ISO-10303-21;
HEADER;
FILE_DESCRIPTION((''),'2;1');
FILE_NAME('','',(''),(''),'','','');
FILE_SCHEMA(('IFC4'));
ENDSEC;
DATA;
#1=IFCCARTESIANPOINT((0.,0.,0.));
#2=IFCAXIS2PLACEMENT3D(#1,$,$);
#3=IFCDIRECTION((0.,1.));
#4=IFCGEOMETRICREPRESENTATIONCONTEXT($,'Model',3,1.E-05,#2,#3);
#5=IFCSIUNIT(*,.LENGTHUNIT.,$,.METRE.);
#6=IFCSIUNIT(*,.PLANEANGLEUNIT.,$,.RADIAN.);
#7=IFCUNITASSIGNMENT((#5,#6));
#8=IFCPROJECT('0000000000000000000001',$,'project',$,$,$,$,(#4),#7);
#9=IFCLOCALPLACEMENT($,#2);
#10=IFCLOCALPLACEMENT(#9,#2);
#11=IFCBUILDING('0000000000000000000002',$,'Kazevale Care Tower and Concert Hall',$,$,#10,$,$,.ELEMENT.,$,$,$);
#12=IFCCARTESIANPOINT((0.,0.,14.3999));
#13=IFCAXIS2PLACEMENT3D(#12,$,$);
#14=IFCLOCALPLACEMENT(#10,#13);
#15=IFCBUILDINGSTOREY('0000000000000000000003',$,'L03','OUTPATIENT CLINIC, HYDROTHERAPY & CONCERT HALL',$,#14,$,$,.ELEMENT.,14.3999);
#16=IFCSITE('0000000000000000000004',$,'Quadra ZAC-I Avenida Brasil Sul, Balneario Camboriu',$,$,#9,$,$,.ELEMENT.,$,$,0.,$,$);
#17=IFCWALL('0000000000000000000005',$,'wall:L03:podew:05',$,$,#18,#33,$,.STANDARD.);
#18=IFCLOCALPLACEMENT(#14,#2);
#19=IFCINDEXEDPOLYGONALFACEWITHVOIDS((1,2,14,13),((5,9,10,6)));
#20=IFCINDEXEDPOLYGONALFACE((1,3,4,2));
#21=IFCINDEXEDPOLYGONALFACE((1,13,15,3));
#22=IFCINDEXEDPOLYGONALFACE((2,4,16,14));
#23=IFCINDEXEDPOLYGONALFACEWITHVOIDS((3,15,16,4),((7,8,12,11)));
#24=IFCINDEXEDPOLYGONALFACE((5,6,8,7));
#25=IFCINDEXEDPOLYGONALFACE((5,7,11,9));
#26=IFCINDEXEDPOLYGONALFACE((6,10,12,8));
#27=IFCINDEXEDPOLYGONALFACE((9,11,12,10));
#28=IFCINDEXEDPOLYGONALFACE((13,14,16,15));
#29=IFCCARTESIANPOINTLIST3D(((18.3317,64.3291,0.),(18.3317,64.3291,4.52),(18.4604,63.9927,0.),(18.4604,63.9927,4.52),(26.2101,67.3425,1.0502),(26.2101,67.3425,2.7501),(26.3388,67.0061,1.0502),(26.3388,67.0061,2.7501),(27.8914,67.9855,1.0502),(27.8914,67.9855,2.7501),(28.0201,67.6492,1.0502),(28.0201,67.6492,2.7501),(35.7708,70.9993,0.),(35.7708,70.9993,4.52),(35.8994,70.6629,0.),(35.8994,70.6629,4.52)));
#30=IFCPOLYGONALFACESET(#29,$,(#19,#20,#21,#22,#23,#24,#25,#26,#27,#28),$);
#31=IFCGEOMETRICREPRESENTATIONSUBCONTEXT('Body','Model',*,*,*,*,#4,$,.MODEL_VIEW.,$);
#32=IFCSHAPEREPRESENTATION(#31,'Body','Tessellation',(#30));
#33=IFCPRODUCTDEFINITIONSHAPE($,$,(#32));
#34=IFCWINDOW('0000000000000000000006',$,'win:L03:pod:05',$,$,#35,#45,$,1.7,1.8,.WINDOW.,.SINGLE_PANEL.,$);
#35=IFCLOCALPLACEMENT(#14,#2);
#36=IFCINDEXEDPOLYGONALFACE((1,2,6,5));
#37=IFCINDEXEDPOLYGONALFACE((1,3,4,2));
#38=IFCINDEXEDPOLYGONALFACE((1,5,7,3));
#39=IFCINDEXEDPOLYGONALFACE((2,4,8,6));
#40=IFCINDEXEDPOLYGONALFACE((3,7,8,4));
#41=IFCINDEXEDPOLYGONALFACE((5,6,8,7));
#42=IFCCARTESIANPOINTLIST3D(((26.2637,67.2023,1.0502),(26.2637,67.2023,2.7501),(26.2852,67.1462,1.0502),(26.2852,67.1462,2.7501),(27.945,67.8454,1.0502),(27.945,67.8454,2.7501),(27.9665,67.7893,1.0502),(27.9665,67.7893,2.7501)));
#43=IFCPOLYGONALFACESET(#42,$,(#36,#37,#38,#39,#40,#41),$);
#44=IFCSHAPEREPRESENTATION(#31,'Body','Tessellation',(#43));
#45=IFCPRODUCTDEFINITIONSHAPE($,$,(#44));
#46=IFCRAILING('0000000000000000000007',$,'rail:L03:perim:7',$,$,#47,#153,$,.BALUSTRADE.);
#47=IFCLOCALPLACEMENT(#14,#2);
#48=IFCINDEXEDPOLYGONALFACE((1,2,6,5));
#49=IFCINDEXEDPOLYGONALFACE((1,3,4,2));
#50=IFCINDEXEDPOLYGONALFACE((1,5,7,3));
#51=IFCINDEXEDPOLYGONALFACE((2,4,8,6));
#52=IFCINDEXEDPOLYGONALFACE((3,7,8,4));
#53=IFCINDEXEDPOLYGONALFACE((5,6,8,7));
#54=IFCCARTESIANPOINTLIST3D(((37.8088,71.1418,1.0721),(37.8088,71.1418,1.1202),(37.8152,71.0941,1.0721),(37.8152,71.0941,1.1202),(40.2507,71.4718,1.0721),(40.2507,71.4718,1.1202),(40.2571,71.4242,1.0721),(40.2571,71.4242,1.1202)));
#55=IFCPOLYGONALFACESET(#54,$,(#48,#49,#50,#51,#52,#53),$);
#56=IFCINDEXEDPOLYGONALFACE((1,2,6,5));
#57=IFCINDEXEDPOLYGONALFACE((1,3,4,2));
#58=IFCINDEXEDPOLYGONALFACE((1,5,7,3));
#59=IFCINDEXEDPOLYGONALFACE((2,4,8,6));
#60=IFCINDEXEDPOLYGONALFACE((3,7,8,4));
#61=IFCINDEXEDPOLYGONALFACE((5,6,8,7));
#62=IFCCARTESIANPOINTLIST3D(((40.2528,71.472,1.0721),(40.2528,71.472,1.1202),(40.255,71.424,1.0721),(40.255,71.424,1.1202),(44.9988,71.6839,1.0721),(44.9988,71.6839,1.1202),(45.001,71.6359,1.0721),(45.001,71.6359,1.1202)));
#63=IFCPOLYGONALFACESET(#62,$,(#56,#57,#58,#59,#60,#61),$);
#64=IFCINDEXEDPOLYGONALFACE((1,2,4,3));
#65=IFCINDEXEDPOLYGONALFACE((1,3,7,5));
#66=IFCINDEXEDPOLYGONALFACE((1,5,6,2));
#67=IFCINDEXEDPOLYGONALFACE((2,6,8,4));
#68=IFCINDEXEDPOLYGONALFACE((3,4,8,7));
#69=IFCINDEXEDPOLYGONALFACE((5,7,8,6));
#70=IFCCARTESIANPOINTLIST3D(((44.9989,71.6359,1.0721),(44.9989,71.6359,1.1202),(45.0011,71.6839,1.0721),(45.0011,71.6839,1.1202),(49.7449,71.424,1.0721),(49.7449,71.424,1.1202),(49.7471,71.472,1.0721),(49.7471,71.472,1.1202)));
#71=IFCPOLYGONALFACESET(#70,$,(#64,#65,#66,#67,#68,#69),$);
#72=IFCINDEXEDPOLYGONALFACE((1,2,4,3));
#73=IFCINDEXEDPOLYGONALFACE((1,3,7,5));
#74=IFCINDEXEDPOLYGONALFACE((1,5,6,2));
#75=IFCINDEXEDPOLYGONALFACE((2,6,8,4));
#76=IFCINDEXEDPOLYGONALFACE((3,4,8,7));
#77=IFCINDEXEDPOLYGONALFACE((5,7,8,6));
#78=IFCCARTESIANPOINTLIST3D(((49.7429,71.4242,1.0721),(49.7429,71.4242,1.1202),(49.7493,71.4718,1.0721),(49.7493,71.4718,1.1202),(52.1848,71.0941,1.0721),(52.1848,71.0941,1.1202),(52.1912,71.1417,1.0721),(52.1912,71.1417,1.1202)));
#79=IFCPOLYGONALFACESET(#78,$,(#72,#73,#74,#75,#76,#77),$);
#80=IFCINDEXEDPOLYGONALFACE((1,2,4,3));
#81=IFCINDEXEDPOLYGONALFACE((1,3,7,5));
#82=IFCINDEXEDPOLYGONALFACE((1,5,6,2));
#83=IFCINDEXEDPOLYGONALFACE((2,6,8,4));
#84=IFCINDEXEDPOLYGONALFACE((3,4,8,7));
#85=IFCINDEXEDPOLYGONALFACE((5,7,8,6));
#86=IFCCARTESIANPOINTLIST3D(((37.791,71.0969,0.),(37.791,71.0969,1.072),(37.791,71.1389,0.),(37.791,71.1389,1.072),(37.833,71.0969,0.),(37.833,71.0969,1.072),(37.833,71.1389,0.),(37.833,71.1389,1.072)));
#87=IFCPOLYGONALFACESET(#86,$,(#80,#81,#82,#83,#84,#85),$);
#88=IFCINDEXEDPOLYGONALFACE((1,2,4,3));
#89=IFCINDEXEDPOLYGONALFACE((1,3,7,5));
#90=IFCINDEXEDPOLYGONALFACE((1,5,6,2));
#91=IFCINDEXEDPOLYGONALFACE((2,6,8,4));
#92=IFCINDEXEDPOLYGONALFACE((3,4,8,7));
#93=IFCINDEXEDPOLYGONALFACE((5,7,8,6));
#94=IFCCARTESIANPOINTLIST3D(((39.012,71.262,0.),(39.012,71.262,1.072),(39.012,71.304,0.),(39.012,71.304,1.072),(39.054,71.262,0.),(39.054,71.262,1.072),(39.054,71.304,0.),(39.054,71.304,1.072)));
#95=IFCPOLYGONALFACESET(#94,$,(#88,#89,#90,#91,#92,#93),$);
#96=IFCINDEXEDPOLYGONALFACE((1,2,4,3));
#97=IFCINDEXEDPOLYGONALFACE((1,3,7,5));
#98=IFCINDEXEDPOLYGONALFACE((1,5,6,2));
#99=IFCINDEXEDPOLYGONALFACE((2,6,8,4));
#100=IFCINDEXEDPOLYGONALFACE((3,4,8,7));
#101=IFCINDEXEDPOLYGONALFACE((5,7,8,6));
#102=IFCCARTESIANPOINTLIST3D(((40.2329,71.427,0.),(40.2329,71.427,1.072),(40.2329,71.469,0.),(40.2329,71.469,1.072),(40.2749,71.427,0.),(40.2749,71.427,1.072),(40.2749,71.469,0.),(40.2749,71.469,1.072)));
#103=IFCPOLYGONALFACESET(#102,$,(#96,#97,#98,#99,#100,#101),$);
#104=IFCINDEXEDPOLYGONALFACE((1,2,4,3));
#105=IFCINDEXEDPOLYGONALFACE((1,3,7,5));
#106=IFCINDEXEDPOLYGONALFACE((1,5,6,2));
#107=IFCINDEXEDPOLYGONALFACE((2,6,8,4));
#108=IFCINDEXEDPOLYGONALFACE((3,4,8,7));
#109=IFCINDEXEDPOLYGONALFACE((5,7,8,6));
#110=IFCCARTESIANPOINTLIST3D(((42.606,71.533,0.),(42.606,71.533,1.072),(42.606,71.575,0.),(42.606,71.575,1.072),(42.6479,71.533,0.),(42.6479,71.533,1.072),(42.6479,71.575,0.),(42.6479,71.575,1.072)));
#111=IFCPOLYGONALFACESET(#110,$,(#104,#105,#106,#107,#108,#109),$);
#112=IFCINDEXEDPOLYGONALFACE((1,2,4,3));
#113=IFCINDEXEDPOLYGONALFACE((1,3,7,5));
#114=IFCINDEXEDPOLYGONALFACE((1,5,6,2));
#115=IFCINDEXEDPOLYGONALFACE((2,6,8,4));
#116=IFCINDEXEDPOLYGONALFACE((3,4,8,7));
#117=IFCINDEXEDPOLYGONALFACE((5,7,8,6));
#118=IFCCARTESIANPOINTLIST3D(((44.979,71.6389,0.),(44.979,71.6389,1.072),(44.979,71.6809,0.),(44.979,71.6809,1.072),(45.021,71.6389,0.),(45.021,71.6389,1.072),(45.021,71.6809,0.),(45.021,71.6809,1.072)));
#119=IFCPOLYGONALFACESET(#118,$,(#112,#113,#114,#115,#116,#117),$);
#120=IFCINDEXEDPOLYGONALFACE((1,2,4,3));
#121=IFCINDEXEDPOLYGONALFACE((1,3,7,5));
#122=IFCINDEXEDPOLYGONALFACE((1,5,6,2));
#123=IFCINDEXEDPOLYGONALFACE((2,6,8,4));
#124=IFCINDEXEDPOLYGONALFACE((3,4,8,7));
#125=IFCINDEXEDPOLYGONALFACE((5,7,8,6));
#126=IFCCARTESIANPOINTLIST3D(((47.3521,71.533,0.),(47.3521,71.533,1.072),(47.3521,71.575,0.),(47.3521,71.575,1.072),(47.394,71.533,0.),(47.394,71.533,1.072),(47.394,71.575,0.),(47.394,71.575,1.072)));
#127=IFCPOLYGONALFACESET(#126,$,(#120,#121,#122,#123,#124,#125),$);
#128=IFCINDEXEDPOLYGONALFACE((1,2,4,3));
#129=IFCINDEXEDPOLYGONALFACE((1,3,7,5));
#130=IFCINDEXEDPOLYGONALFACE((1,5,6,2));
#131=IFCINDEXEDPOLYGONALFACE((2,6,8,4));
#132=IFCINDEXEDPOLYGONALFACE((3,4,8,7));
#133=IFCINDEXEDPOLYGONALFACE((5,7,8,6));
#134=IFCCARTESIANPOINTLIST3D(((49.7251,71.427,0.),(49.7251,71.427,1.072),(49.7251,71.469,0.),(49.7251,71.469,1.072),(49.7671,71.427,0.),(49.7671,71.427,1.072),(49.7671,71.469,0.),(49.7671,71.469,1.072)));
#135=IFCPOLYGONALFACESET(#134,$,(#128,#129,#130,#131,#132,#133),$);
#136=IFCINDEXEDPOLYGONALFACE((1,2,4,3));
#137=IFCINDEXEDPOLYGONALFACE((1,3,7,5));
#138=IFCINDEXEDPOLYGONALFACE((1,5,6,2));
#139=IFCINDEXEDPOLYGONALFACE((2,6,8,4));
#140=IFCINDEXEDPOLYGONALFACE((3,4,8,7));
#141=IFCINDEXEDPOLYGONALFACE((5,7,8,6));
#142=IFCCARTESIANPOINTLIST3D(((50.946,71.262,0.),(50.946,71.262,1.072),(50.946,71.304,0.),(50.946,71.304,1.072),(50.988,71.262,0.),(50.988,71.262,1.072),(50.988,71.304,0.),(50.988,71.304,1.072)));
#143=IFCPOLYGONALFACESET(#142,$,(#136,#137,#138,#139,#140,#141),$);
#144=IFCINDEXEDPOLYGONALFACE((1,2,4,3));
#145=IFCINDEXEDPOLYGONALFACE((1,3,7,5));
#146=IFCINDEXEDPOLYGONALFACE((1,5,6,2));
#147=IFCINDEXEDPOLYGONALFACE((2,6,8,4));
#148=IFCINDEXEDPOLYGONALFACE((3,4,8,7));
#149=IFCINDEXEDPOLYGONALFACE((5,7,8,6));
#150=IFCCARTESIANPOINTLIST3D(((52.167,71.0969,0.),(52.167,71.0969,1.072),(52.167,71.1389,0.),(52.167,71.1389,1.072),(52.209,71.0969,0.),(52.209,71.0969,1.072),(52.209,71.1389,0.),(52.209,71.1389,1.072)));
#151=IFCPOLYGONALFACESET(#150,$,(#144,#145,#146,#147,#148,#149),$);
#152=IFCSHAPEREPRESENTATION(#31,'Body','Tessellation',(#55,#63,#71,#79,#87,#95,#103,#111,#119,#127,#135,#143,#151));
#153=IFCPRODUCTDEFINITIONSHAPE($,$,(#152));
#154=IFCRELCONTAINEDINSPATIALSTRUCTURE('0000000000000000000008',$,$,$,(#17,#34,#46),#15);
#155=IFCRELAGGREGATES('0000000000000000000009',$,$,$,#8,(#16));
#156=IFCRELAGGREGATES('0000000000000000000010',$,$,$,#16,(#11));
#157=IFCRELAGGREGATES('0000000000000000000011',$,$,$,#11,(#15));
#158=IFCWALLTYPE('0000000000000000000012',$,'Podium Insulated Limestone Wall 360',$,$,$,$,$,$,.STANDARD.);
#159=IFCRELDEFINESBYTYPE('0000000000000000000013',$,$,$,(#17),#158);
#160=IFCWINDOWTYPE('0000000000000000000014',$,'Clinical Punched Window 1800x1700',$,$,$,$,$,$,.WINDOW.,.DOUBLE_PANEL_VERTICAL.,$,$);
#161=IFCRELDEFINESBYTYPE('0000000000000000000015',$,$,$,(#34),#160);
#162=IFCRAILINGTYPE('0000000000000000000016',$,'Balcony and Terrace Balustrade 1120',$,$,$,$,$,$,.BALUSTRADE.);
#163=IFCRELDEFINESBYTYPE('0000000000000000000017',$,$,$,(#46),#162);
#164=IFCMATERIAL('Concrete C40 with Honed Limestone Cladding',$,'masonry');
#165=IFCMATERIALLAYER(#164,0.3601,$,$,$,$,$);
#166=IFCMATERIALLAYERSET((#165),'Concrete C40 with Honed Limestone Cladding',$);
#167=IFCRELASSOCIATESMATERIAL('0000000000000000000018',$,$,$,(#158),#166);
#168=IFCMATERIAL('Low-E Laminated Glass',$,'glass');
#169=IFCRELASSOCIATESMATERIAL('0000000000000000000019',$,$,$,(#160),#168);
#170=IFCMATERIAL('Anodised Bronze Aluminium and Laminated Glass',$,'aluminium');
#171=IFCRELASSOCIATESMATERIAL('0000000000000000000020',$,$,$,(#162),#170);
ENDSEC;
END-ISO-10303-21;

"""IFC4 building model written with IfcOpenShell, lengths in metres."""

from ifc_helpers import new_model, si_unit, direction, frame, frame_2d, origin, origin_2d, place, context, subcontext, project, spatial, rectangle, extrude, material, layer, layer_set, type_object, element, fill, save


model = new_model("IFC4")

# Units and contexts
model_context = context("Model", 3, precision=1e-05, world=origin(), true_north=direction((0.0, 1.0)))
body_context = subcontext(model_context, "Body", "Model", "MODEL_VIEW")
ifc_project = project(units=[si_unit("LENGTHUNIT", "METRE"), si_unit("PLANEANGLEUNIT", "RADIAN")], contexts=[model_context])

# Site, building, storey
site_placement = place(None, origin())
site = spatial("IfcSite", under=ifc_project, at=site_placement, Name="Quadra ZAC-I Avenida Brasil Sul, Balneario Camboriu", CompositionType="ELEMENT", RefElevation=0.0)
building_placement = place(site_placement, origin())
building = spatial("IfcBuilding", under=site, at=building_placement, Name="Kazevale Care Tower and Concert Hall", CompositionType="ELEMENT")
storey_placement = place(building_placement, frame((0.0, 0.0, 14.3999)))
storey = spatial("IfcBuildingStorey", under=building, at=storey_placement, Name="L03", Description="OUTPATIENT CLINIC, HYDROTHERAPY & CONCERT HALL", CompositionType="ELEMENT", Elevation=14.3999)

# Shared definitions
ifc_material_1 = material(Name="Low-E Laminated Glass", Category="glass")

# Wall, opening, window
ifc_material_2 = material(Name="Concrete C40 with Honed Limestone Cladding", Category="masonry")
ifc_layer_1 = layer(ifc_material_2, 0.3601)
ifc_layer_set_1 = layer_set([ifc_layer_1], Name="Concrete C40 with Honed Limestone Cladding")
wall_type_1 = type_object("IfcWallType", Name="Podium Insulated Limestone Wall 360", PredefinedType="STANDARD", material=ifc_layer_set_1)
wall_1_placement = place(storey_placement, frame((35.835, 70.8311, 0.0), z_axis=(0.0, 0.0, 1.0), x_axis=(-0.93401, -0.357246, 0.0)))
wall_1 = element("IfcWall", 1, at=wall_1_placement, inside=storey, type_object=wall_type_1, Name="wall:L03:podew:05", PredefinedType="STANDARD", context=body_context, shape_type="SweptSolid", body=[
    extrude(rectangle(XDim=18.6711, YDim=0.3601, at=frame_2d((9.3354, 0.0))), origin(), (0.0, 0.0, 1.0), 4.52),
])
opening_placement = place(wall_1_placement, frame((8.436, 0.0, 1.05)))
opening = element("IfcOpeningElement", 2, at=opening_placement, cuts=wall_1, PredefinedType="OPENING", context=body_context, shape_type="SweptSolid", body=[
    extrude(rectangle(XDim=1.8, YDim=1.7, at=frame_2d((0.8999, 0.8501))), frame((0.0, 0.1899, 0.0), z_axis=(0.0, -1.0, 0.0), x_axis=(1.0, 0.0, 0.0)), (0.0, 0.0, 1.0), 0.3801),
])
window_type = type_object("IfcWindowType", Name="Clinical Punched Window 1800x1700", PartitioningType="DOUBLE_PANEL_VERTICAL", PredefinedType="WINDOW", material=ifc_material_1)
window_placement = place(opening_placement, origin())
window = element("IfcWindow", 3, at=window_placement, inside=storey, type_object=window_type, Name="win:L03:pod:05", OverallHeight=1.7, OverallWidth=1.8, PartitioningType="SINGLE_PANEL", PredefinedType="WINDOW", context=body_context, shape_type="SweptSolid", body=[
    extrude(rectangle(XDim=1.8, YDim=1.7, at=frame_2d((0.8999, 0.8501))), frame((0.0, 0.03, 0.0), z_axis=(0.0, -1.0, 0.0), x_axis=(1.0, 0.0, 0.0)), (0.0, 0.0, 1.0), 0.0601),
])
fill(opening, window)

# Railing
ifc_material_3 = material(Name="Anodised Bronze Aluminium and Laminated Glass", Category="aluminium")
railing_type = type_object("IfcRailingType", Name="Balcony and Terrace Balustrade 1120", PredefinedType="BALUSTRADE", material=ifc_material_3)
railing_1_placement = place(storey_placement, frame((37.812, 71.1179, 0.0)))
element("IfcRailing", 4, at=railing_1_placement, inside=storey, type_object=railing_type, Name="rail:L03:perim:7", PredefinedType="BALUSTRADE", context=body_context, shape_type="SweptSolid", body=[
    extrude(rectangle(XDim=0.0481, YDim=0.0481, at=origin_2d()), frame((0.0, 0.0, 1.0962), z_axis=(0.990987, 0.133955, 0.0), x_axis=(-0.133955, 0.990987, 0.0)), (0.0, 0.0, 1.0), 2.4641),
    extrude(rectangle(XDim=0.0481, YDim=0.0481, at=origin_2d()), frame((2.4419, 0.3301, 1.0962), z_axis=(0.999005, 0.044606, 0.0), x_axis=(-0.044606, 0.999005, 0.0)), (0.0, 0.0, 1.0), 4.7507),
    extrude(rectangle(XDim=0.0481, YDim=0.0481, at=origin_2d()), frame((7.188, 0.542, 1.0962), z_axis=(0.999005, -0.044606, 0.0), x_axis=(0.044606, 0.999005, 0.0)), (0.0, 0.0, 1.0), 4.7507),
    extrude(rectangle(XDim=0.0481, YDim=0.0481, at=origin_2d()), frame((11.9341, 0.3301, 1.0962), z_axis=(0.990987, -0.133955, 0.0), x_axis=(0.133955, 0.990987, 0.0)), (0.0, 0.0, 1.0), 2.4641),
    extrude(rectangle(XDim=0.042, YDim=0.042, at=origin_2d()), origin(), (0.0, 0.0, 1.0), 1.072),
    extrude(rectangle(XDim=0.042, YDim=0.042, at=origin_2d()), frame((1.2209, 0.165, 0.0)), (0.0, 0.0, 1.0), 1.072),
    extrude(rectangle(XDim=0.042, YDim=0.042, at=origin_2d()), frame((2.4419, 0.3301, 0.0)), (0.0, 0.0, 1.0), 1.072),
    extrude(rectangle(XDim=0.042, YDim=0.042, at=origin_2d()), frame((4.8149, 0.436, 0.0)), (0.0, 0.0, 1.0), 1.072),
    extrude(rectangle(XDim=0.042, YDim=0.042, at=origin_2d()), frame((7.188, 0.542, 0.0)), (0.0, 0.0, 1.0), 1.072),
    extrude(rectangle(XDim=0.042, YDim=0.042, at=origin_2d()), frame((9.561, 0.436, 0.0)), (0.0, 0.0, 1.0), 1.072),
    extrude(rectangle(XDim=0.042, YDim=0.042, at=origin_2d()), frame((11.9341, 0.3301, 0.0)), (0.0, 0.0, 1.0), 1.072),
    extrude(rectangle(XDim=0.042, YDim=0.042, at=origin_2d()), frame((13.155, 0.165, 0.0)), (0.0, 0.0, 1.0), 1.072),
    extrude(rectangle(XDim=0.042, YDim=0.042, at=origin_2d()), frame((14.376, 0.0, 0.0)), (0.0, 0.0, 1.0), 1.072),
])

save(model, "model.ifc")
